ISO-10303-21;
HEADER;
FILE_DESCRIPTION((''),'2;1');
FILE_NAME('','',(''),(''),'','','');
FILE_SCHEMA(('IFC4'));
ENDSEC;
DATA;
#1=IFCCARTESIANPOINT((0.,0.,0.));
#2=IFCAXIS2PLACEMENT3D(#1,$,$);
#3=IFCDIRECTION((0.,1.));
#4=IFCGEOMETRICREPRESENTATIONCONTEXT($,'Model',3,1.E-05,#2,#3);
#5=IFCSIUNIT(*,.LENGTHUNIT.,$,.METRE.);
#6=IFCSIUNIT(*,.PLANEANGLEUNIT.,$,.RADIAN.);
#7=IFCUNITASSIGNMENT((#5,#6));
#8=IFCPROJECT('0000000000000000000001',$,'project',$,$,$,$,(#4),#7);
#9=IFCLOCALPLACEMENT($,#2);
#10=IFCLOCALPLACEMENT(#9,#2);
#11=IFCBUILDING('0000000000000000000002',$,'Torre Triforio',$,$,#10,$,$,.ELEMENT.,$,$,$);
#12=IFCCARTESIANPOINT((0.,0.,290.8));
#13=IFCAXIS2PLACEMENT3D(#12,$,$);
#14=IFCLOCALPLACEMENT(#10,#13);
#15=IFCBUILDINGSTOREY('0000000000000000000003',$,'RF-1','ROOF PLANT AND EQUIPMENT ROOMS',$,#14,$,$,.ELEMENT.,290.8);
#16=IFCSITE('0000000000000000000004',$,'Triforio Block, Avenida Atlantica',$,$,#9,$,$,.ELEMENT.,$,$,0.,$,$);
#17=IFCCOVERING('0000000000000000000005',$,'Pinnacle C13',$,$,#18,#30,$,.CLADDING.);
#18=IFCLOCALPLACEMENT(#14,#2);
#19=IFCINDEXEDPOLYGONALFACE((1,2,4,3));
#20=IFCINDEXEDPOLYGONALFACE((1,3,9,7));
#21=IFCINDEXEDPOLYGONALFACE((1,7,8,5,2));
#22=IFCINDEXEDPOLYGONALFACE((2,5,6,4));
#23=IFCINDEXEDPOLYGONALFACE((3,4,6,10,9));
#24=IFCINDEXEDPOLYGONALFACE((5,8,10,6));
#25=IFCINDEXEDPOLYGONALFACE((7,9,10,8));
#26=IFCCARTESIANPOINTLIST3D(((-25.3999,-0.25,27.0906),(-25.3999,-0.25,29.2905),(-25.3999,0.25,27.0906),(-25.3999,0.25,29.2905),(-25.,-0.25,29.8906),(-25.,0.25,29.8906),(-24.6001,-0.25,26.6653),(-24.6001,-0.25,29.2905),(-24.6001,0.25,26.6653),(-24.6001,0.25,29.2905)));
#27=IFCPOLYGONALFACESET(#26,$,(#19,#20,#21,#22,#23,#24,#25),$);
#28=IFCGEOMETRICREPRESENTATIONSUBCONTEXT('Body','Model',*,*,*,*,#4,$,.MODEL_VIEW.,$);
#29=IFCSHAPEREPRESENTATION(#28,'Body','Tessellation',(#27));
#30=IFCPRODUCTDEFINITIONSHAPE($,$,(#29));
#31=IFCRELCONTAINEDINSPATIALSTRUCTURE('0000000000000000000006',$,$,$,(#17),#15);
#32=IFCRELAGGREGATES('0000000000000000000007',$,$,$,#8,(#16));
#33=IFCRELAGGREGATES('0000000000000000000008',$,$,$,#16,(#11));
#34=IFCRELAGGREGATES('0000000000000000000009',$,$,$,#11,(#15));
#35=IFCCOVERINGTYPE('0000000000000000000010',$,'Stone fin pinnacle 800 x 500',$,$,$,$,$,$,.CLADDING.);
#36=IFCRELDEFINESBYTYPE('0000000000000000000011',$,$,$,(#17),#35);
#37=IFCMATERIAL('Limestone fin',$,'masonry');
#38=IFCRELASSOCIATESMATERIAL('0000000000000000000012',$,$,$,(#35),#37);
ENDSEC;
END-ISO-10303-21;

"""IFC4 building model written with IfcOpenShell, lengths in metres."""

from ifc_helpers import new_model, si_unit, direction, frame, origin, place, context, subcontext, project, spatial, polyline, outline, extrude, material, material_profile, profile_set, type_object, element, save


model = new_model("IFC4")

# Units and contexts
model_context = context("Model", 3, precision=1e-05, world=origin(), true_north=direction((0.0, 1.0)))
body_context = subcontext(model_context, "Body", "Model", "MODEL_VIEW")
ifc_project = project(units=[si_unit("LENGTHUNIT", "METRE"), si_unit("PLANEANGLEUNIT", "RADIAN")], contexts=[model_context])

# Site, building, storey
site_placement = place(None, origin())
site = spatial("IfcSite", under=ifc_project, at=site_placement, Name="Triforio Block, Avenida Atlantica", CompositionType="ELEMENT", RefElevation=0.0)
building_placement = place(site_placement, origin())
building = spatial("IfcBuilding", under=site, at=building_placement, Name="Torre Triforio", CompositionType="ELEMENT")
storey_placement = place(building_placement, frame((0.0, 0.0, 290.8)))
storey = spatial("IfcBuildingStorey", under=building, at=storey_placement, Name="RF-1", Description="ROOF PLANT AND EQUIPMENT ROOMS", CompositionType="ELEMENT", Elevation=290.8)

# Covering
ifc_material_1 = material(Name="Limestone fin", Category="masonry")
ifc_material_profile_1 = material_profile(ifc_material_1, outline(polyline([(-0.3999, -0.2126), (0.3999, 0.2126), (0.3999, 2.4126), (0.0, 3.0127), (-0.3999, 2.4126), (-0.3999, -0.2126)])), Name="FIN PINNACLE 800x500")
ifc_profile_set_1 = profile_set([ifc_material_profile_1], Name="Limestone fin")
covering_type = type_object("IfcCoveringType", Name="Stone fin pinnacle 800 x 500", PredefinedType="CLADDING", material=ifc_profile_set_1)
covering_placement = place(storey_placement, frame((-25.0, -0.25, 26.8779), z_axis=(0.0, 1.0, 0.0), x_axis=(-1.0, 0.0, 0.0)))
element("IfcCovering", 1, at=covering_placement, inside=storey, type_object=covering_type, Name="Pinnacle C13", PredefinedType="CLADDING", context=body_context, shape_type="SweptSolid", body=[
    extrude(outline(polyline([(-0.3999, -0.2126), (0.3999, 0.2126), (0.3999, 2.4126), (0.0, 3.0127), (-0.3999, 2.4126), (-0.3999, -0.2126)])), origin(), (0.0, 0.0, 1.0), 0.5),
])

save(model, "model.ifc")
